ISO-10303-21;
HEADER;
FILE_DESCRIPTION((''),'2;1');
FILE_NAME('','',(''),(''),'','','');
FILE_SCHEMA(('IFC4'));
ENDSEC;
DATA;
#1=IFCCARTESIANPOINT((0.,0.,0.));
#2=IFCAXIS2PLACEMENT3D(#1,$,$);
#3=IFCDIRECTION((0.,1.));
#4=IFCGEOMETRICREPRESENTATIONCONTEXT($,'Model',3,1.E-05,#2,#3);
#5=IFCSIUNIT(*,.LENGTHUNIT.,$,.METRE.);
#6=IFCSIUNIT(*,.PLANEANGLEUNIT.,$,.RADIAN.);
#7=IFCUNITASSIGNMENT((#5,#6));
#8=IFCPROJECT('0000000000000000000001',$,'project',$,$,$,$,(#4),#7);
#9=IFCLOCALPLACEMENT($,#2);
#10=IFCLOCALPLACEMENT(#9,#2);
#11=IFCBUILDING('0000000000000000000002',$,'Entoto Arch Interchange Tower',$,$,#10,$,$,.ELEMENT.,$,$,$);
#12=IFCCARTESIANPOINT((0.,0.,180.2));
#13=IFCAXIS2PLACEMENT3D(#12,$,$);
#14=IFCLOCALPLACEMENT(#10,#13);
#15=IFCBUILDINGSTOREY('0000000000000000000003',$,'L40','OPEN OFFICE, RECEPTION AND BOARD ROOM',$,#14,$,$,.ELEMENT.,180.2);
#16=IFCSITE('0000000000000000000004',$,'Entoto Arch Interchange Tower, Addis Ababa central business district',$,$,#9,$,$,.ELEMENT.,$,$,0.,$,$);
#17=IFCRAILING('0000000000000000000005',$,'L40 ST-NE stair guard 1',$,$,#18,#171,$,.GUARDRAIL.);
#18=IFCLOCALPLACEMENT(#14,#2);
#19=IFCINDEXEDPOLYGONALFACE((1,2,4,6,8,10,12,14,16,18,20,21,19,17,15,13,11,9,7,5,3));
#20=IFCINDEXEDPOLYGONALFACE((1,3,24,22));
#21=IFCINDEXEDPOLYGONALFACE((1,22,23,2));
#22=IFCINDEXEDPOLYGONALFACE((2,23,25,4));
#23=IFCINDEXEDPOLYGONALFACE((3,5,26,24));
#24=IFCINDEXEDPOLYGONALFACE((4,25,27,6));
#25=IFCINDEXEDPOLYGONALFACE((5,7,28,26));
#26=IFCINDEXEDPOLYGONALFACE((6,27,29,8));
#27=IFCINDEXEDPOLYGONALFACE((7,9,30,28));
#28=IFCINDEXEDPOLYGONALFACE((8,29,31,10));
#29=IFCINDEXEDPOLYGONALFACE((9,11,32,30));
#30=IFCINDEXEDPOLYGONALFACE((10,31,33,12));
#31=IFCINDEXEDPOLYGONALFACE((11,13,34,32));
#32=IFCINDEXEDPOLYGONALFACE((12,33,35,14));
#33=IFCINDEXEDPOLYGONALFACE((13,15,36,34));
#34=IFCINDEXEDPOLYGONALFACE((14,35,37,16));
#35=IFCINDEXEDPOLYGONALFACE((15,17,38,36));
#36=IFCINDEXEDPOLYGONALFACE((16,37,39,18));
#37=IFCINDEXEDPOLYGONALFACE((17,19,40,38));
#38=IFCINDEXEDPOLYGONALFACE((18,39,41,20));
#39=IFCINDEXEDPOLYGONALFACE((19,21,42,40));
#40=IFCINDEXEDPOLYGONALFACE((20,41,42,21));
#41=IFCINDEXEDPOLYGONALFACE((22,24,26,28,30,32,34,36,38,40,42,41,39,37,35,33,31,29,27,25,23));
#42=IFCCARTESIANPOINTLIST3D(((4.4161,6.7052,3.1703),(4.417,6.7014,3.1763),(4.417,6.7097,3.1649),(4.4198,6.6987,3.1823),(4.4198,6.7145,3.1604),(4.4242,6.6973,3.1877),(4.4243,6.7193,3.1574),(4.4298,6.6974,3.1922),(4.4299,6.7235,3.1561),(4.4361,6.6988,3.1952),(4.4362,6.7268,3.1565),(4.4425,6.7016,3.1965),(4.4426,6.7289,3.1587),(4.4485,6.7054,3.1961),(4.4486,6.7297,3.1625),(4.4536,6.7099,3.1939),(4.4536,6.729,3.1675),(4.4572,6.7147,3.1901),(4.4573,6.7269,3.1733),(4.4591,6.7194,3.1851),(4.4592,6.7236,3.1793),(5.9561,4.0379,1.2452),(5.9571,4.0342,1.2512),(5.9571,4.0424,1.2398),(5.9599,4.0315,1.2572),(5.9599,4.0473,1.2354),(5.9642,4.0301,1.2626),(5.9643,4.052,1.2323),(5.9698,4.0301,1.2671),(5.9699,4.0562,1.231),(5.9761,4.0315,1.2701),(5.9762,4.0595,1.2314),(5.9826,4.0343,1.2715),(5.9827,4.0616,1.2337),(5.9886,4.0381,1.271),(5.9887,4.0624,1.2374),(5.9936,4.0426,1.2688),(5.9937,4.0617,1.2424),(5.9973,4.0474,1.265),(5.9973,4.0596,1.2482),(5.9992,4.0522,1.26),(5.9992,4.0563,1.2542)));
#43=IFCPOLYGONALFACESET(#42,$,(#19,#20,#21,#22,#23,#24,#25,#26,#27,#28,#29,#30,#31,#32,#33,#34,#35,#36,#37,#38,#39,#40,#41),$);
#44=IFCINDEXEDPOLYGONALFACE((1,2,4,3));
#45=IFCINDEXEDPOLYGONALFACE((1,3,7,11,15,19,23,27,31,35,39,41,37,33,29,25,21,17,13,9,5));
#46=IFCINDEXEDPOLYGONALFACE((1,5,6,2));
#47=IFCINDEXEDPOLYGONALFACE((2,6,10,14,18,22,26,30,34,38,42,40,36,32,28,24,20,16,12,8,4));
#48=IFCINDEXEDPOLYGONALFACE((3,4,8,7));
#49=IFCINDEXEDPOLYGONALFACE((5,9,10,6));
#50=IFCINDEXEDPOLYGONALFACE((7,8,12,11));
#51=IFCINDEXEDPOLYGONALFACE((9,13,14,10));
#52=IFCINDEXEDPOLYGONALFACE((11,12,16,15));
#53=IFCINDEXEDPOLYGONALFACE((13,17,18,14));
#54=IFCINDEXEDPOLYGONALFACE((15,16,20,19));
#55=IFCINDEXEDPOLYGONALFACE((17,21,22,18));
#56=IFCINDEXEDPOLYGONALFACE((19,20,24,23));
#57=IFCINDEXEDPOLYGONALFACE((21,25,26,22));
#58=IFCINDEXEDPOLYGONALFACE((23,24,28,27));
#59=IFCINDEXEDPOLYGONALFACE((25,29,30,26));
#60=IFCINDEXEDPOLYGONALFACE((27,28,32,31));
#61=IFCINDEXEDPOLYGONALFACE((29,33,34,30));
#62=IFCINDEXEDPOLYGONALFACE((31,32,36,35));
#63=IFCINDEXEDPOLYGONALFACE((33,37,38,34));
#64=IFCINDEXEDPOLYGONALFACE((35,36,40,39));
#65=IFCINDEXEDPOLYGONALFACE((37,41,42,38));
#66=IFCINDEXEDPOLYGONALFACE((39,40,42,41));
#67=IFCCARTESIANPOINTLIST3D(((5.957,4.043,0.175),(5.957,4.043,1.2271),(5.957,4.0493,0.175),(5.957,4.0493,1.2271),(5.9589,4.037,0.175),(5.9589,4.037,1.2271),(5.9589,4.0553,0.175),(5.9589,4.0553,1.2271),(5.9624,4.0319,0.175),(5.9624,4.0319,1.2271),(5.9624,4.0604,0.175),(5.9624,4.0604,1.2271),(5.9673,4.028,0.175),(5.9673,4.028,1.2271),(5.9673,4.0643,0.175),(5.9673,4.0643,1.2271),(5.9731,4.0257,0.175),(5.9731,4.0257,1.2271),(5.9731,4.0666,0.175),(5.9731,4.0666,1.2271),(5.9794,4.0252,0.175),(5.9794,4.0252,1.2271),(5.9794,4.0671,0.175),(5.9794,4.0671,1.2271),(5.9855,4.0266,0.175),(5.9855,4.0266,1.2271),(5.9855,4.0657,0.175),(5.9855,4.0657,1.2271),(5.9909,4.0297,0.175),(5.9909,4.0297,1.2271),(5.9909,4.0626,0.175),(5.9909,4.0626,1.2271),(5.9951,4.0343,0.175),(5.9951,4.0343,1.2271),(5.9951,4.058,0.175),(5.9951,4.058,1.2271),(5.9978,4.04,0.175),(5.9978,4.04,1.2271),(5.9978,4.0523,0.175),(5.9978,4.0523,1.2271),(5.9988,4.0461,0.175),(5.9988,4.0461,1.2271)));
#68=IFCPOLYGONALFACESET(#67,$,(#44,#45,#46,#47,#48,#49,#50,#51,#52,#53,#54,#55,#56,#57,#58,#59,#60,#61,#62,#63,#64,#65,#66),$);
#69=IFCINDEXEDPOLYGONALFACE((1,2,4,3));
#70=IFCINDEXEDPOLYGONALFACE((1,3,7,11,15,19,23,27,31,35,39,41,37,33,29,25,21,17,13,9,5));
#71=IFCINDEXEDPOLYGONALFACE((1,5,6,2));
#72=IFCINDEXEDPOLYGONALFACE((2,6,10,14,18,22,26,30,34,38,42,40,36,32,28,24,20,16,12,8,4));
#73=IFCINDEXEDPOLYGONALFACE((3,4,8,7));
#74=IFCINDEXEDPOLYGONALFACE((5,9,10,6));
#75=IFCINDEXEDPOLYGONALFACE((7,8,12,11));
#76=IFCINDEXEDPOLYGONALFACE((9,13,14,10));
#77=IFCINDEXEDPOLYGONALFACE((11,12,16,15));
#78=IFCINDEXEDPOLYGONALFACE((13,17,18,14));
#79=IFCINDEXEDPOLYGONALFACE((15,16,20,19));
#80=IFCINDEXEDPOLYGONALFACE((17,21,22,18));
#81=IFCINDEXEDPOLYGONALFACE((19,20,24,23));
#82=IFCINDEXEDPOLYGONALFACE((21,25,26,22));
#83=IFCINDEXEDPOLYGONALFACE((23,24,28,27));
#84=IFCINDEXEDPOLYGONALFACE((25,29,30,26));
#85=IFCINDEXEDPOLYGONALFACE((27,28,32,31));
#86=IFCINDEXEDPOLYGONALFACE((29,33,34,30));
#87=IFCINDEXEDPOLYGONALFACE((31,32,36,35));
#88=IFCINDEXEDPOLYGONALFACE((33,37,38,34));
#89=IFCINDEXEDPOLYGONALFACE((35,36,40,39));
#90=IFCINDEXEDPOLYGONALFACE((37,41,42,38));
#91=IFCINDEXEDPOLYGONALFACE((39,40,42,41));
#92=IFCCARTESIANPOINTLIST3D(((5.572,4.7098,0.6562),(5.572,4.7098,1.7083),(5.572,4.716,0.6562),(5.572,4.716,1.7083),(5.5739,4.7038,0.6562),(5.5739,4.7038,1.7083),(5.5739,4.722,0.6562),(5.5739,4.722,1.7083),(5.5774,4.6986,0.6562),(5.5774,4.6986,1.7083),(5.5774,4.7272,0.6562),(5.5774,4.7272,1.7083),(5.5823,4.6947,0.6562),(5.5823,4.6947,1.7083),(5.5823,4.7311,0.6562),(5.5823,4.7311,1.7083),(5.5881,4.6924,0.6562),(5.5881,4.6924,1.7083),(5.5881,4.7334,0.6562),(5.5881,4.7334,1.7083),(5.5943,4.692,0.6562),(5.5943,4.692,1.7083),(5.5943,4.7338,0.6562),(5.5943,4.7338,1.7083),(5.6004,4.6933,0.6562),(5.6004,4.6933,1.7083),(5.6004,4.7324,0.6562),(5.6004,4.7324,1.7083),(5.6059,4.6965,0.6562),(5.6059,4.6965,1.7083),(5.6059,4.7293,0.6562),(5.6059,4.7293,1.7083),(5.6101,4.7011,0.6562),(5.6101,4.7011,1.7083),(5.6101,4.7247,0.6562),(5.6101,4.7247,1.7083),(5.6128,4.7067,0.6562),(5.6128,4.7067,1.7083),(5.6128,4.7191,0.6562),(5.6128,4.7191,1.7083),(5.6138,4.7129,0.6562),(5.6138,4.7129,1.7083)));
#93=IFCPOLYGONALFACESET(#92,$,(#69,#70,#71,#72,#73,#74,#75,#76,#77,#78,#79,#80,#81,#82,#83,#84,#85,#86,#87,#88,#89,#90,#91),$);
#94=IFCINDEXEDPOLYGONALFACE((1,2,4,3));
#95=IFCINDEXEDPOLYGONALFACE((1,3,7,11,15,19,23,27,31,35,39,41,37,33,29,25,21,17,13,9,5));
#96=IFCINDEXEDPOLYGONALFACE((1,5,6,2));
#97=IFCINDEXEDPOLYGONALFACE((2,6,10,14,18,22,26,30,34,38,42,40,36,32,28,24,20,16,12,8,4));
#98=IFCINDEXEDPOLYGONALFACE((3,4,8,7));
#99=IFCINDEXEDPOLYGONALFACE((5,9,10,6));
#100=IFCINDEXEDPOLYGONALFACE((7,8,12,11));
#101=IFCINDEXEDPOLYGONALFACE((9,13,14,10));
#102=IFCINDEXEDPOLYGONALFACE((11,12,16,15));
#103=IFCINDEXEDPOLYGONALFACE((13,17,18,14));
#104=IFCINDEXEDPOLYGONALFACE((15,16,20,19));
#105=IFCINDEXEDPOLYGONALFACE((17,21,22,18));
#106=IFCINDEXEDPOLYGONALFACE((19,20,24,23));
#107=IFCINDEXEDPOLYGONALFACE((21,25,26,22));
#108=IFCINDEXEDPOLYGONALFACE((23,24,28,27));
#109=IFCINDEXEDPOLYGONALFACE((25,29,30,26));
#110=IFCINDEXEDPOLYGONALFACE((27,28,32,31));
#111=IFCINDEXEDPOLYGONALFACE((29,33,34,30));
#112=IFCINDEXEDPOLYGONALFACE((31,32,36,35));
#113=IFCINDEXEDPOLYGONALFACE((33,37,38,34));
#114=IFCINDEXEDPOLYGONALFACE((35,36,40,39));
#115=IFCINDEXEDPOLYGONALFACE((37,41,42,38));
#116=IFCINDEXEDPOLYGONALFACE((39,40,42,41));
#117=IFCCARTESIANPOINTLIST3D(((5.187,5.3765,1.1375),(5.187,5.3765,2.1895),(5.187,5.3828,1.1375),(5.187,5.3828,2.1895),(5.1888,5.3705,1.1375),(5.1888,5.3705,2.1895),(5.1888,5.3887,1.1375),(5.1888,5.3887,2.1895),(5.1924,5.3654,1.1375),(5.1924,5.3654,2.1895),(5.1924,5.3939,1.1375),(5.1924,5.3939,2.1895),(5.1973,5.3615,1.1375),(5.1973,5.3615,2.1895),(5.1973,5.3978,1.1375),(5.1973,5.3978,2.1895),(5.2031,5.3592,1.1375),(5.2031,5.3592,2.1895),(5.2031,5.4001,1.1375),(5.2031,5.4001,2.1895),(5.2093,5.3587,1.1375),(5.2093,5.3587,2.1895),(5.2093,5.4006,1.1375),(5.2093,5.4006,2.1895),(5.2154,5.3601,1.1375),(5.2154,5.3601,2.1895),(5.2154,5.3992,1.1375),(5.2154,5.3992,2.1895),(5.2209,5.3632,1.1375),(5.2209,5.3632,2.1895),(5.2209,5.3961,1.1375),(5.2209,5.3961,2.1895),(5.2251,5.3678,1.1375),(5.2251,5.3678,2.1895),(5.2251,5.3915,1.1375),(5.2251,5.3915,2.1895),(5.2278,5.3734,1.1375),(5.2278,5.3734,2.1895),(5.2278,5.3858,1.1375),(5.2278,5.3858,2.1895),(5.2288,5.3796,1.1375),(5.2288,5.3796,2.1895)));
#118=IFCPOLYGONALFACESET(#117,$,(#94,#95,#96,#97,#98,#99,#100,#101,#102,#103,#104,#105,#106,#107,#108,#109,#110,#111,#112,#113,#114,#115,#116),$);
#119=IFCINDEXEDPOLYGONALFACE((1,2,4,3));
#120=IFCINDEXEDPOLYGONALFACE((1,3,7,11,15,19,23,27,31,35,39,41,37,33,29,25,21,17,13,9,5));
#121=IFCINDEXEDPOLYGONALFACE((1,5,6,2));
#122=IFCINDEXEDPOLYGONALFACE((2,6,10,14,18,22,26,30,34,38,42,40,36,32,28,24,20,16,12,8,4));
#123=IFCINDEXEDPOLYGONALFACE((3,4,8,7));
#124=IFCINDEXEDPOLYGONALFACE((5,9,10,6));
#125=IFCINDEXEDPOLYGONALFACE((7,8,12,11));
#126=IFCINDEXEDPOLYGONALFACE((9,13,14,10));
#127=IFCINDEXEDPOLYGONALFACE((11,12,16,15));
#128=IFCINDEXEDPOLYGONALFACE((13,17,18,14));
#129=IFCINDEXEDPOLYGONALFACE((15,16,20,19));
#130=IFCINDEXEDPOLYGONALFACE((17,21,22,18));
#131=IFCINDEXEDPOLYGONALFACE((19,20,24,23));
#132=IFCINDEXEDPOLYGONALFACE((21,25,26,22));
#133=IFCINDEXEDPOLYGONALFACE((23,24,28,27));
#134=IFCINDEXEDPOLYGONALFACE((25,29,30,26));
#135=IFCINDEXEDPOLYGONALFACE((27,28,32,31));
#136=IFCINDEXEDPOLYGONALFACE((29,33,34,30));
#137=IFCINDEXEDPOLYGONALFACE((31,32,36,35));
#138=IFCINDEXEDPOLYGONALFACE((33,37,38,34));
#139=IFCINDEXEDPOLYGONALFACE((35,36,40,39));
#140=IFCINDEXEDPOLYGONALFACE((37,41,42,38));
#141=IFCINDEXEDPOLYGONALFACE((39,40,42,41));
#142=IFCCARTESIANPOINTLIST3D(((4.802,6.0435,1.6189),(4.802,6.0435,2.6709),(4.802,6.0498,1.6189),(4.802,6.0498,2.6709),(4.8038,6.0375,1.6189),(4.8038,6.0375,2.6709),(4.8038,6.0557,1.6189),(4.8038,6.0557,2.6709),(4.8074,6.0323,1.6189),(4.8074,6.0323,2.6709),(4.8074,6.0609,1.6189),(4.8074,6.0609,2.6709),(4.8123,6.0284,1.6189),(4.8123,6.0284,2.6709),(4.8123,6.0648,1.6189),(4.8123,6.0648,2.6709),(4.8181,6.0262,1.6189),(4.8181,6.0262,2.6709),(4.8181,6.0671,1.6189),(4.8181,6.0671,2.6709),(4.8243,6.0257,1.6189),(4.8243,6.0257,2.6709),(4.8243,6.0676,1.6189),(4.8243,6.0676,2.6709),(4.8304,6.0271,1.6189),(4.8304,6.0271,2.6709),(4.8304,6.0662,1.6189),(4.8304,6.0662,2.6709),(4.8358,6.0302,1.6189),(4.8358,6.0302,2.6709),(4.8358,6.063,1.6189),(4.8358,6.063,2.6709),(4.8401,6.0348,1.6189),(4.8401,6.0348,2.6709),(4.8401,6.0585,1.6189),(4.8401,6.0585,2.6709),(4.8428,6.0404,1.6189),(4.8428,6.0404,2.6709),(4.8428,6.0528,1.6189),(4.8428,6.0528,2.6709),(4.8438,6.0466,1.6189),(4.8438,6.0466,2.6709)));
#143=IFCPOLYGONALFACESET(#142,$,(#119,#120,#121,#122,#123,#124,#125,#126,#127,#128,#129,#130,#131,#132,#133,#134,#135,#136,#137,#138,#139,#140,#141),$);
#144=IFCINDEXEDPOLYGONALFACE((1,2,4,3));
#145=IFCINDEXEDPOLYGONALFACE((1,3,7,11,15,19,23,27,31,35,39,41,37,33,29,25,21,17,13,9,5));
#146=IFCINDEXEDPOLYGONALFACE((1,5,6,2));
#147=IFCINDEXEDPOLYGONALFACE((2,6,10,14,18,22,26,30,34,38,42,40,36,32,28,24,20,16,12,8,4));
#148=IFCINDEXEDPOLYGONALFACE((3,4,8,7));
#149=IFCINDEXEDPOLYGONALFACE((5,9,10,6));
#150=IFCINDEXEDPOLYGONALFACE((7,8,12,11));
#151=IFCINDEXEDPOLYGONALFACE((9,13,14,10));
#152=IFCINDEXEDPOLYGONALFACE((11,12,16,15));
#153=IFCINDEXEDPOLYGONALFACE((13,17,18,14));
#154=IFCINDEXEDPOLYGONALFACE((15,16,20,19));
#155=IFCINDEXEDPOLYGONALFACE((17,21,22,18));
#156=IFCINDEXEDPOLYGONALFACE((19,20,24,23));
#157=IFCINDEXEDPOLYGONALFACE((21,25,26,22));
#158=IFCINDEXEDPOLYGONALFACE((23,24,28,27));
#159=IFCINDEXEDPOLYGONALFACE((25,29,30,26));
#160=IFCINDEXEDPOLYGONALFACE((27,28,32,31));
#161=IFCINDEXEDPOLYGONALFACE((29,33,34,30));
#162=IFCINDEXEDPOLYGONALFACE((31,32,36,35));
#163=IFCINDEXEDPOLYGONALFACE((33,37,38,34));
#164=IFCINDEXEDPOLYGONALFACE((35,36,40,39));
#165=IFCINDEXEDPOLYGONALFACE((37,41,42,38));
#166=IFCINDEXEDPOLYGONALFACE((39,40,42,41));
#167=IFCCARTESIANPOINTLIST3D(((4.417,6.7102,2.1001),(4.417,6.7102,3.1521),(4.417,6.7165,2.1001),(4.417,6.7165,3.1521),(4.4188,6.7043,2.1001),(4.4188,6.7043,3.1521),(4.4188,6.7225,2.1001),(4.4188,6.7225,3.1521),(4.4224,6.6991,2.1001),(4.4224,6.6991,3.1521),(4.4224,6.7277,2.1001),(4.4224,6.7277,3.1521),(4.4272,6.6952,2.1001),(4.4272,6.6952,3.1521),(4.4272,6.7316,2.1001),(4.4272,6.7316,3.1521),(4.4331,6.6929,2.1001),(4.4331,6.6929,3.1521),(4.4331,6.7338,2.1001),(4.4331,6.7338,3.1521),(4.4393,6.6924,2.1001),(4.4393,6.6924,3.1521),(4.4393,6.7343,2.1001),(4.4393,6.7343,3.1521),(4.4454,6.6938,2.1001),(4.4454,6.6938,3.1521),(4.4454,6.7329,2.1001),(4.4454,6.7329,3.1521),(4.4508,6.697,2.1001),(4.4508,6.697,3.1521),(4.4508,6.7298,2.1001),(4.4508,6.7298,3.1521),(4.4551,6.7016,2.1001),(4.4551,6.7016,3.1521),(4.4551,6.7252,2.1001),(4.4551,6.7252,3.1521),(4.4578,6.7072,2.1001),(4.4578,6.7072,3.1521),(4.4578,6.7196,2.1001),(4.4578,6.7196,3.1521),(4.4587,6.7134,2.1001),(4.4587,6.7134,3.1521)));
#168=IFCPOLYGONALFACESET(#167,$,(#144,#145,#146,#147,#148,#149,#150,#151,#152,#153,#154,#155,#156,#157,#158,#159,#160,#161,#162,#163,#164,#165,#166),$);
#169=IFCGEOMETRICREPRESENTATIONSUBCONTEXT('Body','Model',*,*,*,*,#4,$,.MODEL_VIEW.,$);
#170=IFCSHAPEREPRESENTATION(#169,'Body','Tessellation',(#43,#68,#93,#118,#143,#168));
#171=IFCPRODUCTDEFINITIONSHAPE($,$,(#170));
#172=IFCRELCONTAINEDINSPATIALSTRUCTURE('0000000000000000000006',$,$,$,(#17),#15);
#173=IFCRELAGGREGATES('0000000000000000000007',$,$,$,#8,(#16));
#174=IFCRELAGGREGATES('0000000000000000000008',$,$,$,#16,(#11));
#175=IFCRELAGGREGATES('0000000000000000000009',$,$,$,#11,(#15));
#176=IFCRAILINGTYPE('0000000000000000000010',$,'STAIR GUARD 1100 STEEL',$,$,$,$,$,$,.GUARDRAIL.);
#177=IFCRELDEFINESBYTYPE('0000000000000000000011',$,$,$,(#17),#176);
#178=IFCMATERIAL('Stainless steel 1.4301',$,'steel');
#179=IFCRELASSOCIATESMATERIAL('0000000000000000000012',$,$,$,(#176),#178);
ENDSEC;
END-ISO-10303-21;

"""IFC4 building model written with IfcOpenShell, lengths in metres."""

from ifc_helpers import new_model, si_unit, direction, frame, origin, origin_2d, place, context, subcontext, project, spatial, circle, extrude, material, type_object, element, save


model = new_model("IFC4")

# Units and contexts
model_context = context("Model", 3, precision=1e-05, world=origin(), true_north=direction((0.0, 1.0)))
body_context = subcontext(model_context, "Body", "Model", "MODEL_VIEW")
ifc_project = project(units=[si_unit("LENGTHUNIT", "METRE"), si_unit("PLANEANGLEUNIT", "RADIAN")], contexts=[model_context])

# Site, building, storey
site_placement = place(None, origin())
site = spatial("IfcSite", under=ifc_project, at=site_placement, Name="Entoto Arch Interchange Tower, Addis Ababa central business district", CompositionType="ELEMENT", RefElevation=0.0)
building_placement = place(site_placement, origin())
building = spatial("IfcBuilding", under=site, at=building_placement, Name="Entoto Arch Interchange Tower", CompositionType="ELEMENT")
storey_placement = place(building_placement, frame((0.0, 0.0, 180.2)))
storey = spatial("IfcBuildingStorey", under=building, at=storey_placement, Name="L40", Description="OPEN OFFICE, RECEPTION AND BOARD ROOM", CompositionType="ELEMENT", Elevation=180.2)

# Railing
ifc_material_1 = material(Name="Stainless steel 1.4301", Category="steel")
railing_type_1 = type_object("IfcRailingType", Name="STAIR GUARD 1100 STEEL", PredefinedType="GUARDRAIL", material=ifc_material_1)
railing_1_placement = place(storey_placement, frame((5.9778, 4.0461, 0.175)))
element("IfcRailing", 1, at=railing_1_placement, inside=storey, type_object=railing_type_1, Name="L40 ST-NE stair guard 1", PredefinedType="GUARDRAIL", context=body_context, shape_type="SweptSolid", body=[
    extrude(circle(Radius=0.0239, at=origin_2d()), frame((0.0, 0.0, 1.0762), z_axis=(-0.424015, 0.734364, 0.530019), x_axis=(-0.86601, -0.500027, 0.0)), (0.0, 0.0, 1.0), 3.6321),
    extrude(circle(Radius=0.021, at=origin_2d()), origin(), (0.0, 0.0, 1.0), 1.052),
    extrude(circle(Radius=0.021, at=origin_2d()), frame((-0.385, 0.6667, 0.4812)), (0.0, 0.0, 1.0), 1.052),
    extrude(circle(Radius=0.021, at=origin_2d()), frame((-0.77, 1.3335, 0.9624)), (0.0, 0.0, 1.0), 1.052),
    extrude(circle(Radius=0.021, at=origin_2d()), frame((-1.155, 2.0005, 1.4438)), (0.0, 0.0, 1.0), 1.052),
    extrude(circle(Radius=0.021, at=origin_2d()), frame((-1.54, 2.6672, 1.925)), (0.0, 0.0, 1.0), 1.052),
])

save(model, "model.ifc")
